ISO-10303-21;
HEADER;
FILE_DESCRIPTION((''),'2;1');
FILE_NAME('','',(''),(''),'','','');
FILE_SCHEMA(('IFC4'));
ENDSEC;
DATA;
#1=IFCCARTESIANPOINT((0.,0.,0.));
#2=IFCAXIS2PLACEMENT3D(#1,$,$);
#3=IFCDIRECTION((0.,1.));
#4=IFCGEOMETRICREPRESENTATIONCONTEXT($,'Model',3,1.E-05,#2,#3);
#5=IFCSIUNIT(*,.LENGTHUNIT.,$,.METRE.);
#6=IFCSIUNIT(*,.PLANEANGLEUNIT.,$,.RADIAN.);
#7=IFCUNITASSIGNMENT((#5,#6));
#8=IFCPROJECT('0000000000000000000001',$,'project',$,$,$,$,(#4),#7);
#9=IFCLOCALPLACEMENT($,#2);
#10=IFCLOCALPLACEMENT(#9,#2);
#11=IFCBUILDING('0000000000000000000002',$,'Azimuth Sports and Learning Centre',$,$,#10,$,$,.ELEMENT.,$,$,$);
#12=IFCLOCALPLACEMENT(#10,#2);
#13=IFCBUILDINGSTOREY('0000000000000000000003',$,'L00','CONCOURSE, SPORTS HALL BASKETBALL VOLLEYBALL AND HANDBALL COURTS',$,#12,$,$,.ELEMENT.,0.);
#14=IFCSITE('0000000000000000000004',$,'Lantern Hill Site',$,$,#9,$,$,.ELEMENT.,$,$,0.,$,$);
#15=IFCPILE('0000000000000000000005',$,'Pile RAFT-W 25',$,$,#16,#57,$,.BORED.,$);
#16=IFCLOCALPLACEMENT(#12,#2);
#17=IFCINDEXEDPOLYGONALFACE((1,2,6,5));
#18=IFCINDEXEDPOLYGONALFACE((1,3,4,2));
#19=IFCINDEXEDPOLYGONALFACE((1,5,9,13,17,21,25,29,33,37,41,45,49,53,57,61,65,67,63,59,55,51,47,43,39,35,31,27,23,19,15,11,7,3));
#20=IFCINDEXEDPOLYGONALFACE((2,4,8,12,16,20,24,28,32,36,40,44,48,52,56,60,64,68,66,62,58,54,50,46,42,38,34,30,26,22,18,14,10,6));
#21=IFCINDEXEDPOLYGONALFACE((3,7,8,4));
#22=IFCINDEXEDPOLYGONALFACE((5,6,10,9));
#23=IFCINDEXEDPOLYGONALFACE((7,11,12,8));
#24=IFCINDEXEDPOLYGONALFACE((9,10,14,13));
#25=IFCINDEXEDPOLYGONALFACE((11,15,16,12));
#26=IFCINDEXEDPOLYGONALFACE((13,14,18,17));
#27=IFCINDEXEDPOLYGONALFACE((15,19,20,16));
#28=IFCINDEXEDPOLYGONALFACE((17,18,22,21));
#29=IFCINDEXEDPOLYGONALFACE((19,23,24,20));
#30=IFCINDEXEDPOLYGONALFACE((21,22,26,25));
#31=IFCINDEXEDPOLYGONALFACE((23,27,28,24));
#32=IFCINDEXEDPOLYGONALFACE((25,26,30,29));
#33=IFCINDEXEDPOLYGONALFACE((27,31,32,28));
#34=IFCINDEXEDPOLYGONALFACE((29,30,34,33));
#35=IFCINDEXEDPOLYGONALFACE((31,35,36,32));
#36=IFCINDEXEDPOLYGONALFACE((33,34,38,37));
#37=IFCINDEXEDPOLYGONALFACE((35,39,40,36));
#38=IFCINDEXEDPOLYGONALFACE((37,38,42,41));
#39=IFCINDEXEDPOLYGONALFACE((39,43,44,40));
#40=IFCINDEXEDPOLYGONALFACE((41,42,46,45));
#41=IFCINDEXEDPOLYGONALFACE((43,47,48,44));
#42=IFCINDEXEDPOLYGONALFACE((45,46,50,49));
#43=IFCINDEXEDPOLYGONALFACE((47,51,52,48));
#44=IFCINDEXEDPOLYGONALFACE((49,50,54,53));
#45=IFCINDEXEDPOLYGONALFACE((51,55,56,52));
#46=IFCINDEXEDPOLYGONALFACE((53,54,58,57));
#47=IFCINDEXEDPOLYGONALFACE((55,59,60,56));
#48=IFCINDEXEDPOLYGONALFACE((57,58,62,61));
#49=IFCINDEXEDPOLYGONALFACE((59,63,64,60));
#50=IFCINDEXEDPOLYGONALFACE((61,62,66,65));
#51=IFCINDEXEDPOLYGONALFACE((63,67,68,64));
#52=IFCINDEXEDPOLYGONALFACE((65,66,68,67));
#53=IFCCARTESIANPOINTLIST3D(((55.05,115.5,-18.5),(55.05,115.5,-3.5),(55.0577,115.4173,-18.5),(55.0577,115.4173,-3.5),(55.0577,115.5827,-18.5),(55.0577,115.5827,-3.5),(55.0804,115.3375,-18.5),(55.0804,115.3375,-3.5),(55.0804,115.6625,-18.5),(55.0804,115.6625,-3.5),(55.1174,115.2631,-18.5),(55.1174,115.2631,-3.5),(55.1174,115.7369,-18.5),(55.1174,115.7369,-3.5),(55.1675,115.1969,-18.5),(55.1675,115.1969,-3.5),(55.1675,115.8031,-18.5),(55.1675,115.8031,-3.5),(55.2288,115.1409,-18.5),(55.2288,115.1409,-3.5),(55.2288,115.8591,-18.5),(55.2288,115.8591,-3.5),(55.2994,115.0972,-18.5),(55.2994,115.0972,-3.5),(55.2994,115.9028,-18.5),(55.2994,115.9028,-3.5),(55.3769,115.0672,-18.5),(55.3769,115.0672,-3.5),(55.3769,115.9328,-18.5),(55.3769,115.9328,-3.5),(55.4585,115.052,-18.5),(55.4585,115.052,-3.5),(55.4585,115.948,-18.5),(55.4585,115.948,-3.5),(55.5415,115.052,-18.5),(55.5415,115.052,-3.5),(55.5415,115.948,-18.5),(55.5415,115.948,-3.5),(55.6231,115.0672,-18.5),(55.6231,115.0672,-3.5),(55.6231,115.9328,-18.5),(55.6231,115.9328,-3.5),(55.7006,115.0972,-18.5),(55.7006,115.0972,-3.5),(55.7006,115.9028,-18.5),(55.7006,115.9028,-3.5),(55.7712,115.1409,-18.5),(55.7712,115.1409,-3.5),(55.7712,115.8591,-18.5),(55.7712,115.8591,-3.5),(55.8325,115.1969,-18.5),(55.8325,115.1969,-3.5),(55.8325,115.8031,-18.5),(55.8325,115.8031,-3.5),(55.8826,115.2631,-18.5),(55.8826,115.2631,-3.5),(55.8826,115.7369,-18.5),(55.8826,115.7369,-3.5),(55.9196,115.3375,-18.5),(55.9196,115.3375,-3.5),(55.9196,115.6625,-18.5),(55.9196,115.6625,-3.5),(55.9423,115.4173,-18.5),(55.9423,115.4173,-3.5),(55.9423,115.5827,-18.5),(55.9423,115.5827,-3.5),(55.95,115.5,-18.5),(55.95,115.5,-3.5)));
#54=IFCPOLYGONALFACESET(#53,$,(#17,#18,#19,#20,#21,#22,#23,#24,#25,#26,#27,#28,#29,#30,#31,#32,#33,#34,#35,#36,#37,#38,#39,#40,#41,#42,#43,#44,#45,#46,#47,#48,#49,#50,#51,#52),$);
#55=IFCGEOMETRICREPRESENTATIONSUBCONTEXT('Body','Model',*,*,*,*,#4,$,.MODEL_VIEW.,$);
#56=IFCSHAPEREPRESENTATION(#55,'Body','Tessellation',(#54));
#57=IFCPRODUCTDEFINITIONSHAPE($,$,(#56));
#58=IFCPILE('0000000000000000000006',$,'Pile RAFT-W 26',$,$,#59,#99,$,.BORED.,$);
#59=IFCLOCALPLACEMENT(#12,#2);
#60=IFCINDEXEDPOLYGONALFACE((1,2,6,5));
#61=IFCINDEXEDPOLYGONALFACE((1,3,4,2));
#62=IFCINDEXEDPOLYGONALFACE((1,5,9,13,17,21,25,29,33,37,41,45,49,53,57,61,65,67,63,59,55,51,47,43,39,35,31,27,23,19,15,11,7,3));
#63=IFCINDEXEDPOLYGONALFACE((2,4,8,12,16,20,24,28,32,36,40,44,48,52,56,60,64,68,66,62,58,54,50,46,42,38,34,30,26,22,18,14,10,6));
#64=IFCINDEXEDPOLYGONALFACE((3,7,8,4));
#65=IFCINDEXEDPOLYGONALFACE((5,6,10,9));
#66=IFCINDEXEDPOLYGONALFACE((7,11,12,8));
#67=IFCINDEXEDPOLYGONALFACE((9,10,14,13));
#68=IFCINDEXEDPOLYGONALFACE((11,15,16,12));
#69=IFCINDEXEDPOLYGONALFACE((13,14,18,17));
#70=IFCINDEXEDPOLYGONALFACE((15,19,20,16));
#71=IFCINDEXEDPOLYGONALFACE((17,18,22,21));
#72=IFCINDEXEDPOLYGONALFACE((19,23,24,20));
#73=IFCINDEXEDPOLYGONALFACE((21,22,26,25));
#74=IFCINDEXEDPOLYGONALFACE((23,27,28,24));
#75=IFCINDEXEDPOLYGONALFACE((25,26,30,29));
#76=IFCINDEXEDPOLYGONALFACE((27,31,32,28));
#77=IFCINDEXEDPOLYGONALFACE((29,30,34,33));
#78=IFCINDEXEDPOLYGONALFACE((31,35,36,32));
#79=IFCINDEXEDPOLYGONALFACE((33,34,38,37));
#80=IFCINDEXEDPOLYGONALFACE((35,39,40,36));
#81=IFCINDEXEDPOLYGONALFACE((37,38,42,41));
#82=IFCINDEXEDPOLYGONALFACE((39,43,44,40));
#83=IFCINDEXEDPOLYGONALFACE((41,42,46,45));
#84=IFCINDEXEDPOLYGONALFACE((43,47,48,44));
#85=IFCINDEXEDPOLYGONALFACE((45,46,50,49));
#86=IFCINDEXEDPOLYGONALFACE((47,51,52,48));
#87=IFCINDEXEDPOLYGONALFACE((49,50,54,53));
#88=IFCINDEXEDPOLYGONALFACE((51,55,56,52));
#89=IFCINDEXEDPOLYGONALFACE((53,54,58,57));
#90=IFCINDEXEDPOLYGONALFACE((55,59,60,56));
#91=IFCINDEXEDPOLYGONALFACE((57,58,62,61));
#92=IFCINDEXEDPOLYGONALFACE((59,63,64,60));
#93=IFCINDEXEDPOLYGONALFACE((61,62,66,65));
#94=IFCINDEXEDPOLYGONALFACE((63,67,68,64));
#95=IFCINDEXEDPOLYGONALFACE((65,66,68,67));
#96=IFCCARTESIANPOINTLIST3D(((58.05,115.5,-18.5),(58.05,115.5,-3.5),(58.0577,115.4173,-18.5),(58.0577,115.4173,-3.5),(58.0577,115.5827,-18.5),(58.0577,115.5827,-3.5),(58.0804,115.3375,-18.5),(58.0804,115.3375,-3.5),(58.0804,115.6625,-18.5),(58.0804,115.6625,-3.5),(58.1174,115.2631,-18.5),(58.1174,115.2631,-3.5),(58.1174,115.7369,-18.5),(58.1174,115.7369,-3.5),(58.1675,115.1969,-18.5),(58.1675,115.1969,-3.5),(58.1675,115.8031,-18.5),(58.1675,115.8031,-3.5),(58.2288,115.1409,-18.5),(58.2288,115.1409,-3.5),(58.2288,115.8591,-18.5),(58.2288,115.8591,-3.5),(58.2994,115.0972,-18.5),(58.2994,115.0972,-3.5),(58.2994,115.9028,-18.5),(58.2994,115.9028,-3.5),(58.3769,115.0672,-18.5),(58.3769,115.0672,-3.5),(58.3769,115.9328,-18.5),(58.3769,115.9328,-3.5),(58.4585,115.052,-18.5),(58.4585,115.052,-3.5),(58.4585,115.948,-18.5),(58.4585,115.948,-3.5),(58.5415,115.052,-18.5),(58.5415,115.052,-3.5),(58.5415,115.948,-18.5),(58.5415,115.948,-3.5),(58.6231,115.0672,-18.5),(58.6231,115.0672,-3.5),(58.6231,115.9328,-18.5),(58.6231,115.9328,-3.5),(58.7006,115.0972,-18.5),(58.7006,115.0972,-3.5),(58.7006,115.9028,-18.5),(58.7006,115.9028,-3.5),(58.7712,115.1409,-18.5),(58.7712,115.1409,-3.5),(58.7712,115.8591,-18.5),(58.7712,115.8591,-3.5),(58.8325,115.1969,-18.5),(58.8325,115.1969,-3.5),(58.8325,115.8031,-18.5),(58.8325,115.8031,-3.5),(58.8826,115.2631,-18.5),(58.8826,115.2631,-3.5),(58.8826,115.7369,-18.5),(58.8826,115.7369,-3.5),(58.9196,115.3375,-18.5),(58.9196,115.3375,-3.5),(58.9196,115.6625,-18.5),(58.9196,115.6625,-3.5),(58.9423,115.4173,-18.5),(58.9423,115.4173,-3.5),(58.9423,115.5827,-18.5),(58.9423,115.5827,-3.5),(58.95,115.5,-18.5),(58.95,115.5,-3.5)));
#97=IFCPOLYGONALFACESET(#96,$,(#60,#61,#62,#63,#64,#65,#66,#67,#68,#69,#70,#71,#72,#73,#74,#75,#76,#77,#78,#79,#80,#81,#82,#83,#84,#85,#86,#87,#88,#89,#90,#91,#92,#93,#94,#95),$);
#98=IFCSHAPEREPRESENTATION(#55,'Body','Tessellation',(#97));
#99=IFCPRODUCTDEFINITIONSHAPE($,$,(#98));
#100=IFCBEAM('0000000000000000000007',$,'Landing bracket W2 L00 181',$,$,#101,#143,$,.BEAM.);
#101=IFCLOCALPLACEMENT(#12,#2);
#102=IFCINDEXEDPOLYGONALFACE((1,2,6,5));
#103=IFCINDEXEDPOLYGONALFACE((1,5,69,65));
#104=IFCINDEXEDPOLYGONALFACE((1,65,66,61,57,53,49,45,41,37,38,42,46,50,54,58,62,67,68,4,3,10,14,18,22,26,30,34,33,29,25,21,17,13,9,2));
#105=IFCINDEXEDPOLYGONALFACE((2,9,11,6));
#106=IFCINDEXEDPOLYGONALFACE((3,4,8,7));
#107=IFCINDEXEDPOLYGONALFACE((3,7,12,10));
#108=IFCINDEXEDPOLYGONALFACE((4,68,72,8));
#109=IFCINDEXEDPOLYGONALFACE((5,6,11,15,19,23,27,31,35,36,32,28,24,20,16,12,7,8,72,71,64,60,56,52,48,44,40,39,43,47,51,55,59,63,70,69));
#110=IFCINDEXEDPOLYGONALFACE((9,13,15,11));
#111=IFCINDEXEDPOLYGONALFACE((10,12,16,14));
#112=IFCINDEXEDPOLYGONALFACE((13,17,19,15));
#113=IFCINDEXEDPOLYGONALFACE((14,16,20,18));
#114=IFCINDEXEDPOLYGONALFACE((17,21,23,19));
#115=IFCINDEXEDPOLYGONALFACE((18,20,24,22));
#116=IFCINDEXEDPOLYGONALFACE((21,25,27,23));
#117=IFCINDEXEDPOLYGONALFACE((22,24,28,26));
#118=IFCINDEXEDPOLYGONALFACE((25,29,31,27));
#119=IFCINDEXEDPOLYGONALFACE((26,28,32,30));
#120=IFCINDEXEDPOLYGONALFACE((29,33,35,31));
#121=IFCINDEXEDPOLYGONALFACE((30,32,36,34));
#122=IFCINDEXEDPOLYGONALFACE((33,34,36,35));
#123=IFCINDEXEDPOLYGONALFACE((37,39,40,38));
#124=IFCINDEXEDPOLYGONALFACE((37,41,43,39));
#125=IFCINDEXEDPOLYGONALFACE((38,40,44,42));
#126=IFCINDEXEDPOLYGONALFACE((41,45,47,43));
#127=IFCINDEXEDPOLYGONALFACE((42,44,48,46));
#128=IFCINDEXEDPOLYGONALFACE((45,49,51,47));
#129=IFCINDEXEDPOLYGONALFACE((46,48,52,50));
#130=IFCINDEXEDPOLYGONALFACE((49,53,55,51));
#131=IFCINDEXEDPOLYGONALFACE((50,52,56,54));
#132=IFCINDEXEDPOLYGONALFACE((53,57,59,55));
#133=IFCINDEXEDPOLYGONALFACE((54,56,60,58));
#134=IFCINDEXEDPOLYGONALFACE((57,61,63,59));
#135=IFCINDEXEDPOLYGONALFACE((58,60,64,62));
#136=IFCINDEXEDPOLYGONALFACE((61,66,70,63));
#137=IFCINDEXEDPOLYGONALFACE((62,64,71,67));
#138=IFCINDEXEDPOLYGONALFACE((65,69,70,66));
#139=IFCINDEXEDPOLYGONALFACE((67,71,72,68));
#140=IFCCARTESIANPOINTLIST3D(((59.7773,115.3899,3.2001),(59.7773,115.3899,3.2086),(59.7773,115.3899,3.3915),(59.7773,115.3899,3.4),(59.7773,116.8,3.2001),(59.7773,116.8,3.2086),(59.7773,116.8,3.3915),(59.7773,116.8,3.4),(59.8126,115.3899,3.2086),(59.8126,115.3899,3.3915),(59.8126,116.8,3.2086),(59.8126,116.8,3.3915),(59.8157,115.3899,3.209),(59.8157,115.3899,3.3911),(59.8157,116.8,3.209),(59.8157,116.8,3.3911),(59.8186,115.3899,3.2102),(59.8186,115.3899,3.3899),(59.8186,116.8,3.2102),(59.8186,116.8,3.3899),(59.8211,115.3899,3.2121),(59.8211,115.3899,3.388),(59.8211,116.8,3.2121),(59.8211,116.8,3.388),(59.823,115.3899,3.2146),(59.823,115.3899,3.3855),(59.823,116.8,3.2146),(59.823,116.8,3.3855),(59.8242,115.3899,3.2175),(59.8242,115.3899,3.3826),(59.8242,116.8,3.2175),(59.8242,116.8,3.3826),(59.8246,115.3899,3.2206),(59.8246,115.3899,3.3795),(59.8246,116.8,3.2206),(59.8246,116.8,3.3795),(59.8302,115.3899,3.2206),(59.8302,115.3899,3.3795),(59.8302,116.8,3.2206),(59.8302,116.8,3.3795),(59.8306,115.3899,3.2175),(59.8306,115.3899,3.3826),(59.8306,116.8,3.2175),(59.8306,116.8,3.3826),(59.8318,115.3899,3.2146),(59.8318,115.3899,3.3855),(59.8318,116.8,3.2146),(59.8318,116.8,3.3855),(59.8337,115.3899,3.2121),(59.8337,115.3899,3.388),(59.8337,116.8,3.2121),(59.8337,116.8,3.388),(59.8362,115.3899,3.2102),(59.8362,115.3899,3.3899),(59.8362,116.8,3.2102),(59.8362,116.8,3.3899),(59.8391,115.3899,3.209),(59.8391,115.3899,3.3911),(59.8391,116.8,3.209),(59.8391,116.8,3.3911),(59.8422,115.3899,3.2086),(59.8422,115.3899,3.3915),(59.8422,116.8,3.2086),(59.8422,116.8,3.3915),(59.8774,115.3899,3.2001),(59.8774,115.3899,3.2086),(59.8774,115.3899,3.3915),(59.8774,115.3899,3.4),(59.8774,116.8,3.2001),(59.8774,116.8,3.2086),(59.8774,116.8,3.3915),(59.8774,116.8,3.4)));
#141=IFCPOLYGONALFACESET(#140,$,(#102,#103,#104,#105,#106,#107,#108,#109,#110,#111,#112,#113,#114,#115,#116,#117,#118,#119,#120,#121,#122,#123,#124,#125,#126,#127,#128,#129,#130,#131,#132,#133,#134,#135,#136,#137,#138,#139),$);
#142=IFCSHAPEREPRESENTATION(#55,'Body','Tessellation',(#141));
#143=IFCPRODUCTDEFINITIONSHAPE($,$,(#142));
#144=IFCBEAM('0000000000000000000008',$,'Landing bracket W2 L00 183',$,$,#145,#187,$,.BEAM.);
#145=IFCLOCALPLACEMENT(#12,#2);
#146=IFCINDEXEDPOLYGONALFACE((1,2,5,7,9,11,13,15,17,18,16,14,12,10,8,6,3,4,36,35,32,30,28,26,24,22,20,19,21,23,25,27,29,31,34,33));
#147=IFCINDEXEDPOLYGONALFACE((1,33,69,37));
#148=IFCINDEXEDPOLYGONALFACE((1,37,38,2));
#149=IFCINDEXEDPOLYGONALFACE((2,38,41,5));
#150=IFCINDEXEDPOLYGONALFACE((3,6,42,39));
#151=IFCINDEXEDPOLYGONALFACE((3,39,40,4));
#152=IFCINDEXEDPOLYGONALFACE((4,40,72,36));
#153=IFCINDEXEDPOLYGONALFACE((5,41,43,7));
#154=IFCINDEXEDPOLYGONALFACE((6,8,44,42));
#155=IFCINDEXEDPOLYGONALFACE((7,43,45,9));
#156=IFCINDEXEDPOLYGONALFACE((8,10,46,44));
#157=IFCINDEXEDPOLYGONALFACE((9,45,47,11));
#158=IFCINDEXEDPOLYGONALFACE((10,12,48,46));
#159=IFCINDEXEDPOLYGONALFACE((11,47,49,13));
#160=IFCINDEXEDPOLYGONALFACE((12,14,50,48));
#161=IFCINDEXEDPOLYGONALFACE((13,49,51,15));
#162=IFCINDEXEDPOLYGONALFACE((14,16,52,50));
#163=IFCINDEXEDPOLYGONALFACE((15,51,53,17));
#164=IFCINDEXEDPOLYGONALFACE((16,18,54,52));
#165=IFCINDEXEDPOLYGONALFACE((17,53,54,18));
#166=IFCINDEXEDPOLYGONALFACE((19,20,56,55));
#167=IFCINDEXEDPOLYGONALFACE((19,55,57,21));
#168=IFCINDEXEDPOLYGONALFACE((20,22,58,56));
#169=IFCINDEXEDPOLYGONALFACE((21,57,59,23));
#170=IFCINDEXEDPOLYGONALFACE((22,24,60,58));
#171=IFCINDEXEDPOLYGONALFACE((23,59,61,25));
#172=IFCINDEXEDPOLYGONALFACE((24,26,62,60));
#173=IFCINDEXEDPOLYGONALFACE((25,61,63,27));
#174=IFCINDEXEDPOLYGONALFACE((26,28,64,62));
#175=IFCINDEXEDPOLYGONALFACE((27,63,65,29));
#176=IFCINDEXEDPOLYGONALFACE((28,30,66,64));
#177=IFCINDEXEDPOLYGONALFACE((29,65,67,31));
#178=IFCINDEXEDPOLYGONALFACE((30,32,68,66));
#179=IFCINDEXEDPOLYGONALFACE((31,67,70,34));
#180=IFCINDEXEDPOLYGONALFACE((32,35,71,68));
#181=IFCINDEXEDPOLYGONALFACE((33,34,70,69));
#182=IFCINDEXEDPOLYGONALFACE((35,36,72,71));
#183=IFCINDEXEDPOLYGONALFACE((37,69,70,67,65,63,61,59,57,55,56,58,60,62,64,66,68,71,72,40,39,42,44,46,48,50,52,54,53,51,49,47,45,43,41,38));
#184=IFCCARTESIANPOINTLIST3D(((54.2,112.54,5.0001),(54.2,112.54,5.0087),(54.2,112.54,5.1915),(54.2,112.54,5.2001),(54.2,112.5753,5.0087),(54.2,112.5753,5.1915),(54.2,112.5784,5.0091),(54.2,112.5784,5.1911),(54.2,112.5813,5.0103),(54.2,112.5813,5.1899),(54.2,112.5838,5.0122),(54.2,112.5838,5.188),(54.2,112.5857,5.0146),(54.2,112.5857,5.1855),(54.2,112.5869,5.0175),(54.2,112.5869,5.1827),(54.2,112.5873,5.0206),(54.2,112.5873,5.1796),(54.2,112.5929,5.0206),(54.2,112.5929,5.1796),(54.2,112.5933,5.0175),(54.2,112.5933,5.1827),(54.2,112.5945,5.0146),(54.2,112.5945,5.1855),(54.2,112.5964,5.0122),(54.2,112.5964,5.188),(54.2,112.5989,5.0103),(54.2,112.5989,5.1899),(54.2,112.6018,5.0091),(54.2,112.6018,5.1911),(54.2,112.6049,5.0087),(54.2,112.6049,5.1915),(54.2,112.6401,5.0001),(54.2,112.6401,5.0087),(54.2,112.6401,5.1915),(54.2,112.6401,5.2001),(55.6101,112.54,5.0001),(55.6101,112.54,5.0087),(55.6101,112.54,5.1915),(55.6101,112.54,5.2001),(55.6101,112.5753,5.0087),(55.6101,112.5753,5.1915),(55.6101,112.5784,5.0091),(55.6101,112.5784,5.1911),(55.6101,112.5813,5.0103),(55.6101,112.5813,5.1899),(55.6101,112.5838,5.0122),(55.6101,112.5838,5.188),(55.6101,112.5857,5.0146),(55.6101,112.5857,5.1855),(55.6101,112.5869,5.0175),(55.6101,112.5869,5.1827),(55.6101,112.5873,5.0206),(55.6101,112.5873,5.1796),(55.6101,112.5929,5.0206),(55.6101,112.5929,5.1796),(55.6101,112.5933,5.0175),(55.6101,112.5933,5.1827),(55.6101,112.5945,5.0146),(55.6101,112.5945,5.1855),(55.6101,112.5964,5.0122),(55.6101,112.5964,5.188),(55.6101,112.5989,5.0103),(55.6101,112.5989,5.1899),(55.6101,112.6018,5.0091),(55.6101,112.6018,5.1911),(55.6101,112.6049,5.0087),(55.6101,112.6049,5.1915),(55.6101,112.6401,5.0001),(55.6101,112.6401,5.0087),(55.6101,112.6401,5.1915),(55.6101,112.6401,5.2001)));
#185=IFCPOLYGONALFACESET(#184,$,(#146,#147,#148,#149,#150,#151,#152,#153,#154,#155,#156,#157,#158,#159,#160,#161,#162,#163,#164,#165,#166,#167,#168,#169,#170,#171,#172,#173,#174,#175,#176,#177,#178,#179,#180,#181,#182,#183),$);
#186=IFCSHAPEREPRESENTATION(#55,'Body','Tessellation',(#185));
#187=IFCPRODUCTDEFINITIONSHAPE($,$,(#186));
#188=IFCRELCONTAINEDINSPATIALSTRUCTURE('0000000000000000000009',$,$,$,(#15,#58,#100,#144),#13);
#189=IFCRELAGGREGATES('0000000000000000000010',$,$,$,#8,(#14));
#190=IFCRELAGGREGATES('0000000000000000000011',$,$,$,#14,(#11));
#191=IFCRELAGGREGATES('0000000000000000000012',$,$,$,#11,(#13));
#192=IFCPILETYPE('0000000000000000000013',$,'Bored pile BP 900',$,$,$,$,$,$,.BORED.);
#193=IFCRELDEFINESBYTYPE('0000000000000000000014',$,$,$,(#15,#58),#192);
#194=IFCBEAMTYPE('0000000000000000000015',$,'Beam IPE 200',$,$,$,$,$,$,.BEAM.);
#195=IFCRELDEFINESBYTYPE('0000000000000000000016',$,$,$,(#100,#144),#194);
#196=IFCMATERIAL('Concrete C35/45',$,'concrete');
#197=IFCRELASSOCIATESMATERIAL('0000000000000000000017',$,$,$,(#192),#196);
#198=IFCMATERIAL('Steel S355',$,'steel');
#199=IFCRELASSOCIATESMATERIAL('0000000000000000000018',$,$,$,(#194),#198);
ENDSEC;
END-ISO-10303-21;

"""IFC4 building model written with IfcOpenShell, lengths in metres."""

from ifc_helpers import new_model, si_unit, direction, frame, origin, origin_2d, place, context, subcontext, project, spatial, circle, i_section, extrude, material, material_profile, profile_set, type_object, element, save


model = new_model("IFC4")

# Units and contexts
model_context = context("Model", 3, precision=1e-05, world=origin(), true_north=direction((0.0, 1.0)))
body_context = subcontext(model_context, "Body", "Model", "MODEL_VIEW")
ifc_project = project(units=[si_unit("LENGTHUNIT", "METRE"), si_unit("PLANEANGLEUNIT", "RADIAN")], contexts=[model_context])

# Site, building, storey
site_placement = place(None, origin())
site = spatial("IfcSite", under=ifc_project, at=site_placement, Name="Lantern Hill Site", CompositionType="ELEMENT", RefElevation=0.0)
building_placement = place(site_placement, origin())
building = spatial("IfcBuilding", under=site, at=building_placement, Name="Azimuth Sports and Learning Centre", CompositionType="ELEMENT")
storey_placement = place(building_placement, origin())
storey = spatial("IfcBuildingStorey", under=building, at=storey_placement, Name="L00", Description="CONCOURSE, SPORTS HALL BASKETBALL VOLLEYBALL AND HANDBALL COURTS", CompositionType="ELEMENT", Elevation=0.0)

# Piles
ifc_material_1 = material(Name="Concrete C35/45", Category="concrete")
ifc_material_profile_1 = material_profile(ifc_material_1, circle(Radius=0.45, at=origin_2d()), Name="BP 900")
ifc_profile_set_1 = profile_set([ifc_material_profile_1], Name="Concrete C35/45")
pile_type = type_object("IfcPileType", Name="Bored pile BP 900", PredefinedType="BORED", material=ifc_profile_set_1)
for number, where, z_axis, x_axis, name in (
    (1, (55.5, 115.5, -3.5), (0.0, 0.0, -1.0), (1.0, 0.0, 0.0), "Pile RAFT-W 25"),
    (2, (58.5, 115.5, -3.5), (0.0, 0.0, -1.0), (1.0, 0.0, 0.0), "Pile RAFT-W 26"),
):
    element("IfcPile", number, at=place(storey_placement, frame(where, z_axis=z_axis, x_axis=x_axis)), inside=storey, type_object=pile_type, Name=name, PredefinedType="BORED", context=body_context, shape_type="SweptSolid", body=[
        extrude(circle(Radius=0.45, at=origin_2d()), origin(), (0.0, 0.0, 1.0), 15.0),
    ])

# Beams
ifc_material_2 = material(Name="Steel S355", Category="steel")
ifc_material_profile_2 = material_profile(ifc_material_2, i_section(OverallWidth=0.1001, OverallDepth=0.2, WebThickness=0.0056, FlangeThickness=0.0085, FilletRadius=0.012, at=origin_2d()), Name="IPE 200")
ifc_profile_set_2 = profile_set([ifc_material_profile_2], Name="Steel S355")
beam_type = type_object("IfcBeamType", Name="Beam IPE 200", PredefinedType="BEAM", material=ifc_profile_set_2)
for number, where, z_axis, x_axis, name in (
    (3, (59.8274, 116.8, 3.3), (0.0, -1.0, 0.0), (1.0, 0.0, 0.0), "Landing bracket W2 L00 181"),
    (4, (54.2, 112.5901, 5.1001), (1.0, 0.0, 0.0), (0.0, 1.0, 0.0), "Landing bracket W2 L00 183"),
):
    element("IfcBeam", number, at=place(storey_placement, frame(where, z_axis=z_axis, x_axis=x_axis)), inside=storey, type_object=beam_type, Name=name, PredefinedType="BEAM", context=body_context, shape_type="SweptSolid", body=[
        extrude(i_section(OverallWidth=0.1001, OverallDepth=0.2, WebThickness=0.0056, FlangeThickness=0.0085, FilletRadius=0.012, at=origin_2d()), origin(), (0.0, 0.0, 1.0), 1.4102),
    ])

save(model, "model.ifc")
